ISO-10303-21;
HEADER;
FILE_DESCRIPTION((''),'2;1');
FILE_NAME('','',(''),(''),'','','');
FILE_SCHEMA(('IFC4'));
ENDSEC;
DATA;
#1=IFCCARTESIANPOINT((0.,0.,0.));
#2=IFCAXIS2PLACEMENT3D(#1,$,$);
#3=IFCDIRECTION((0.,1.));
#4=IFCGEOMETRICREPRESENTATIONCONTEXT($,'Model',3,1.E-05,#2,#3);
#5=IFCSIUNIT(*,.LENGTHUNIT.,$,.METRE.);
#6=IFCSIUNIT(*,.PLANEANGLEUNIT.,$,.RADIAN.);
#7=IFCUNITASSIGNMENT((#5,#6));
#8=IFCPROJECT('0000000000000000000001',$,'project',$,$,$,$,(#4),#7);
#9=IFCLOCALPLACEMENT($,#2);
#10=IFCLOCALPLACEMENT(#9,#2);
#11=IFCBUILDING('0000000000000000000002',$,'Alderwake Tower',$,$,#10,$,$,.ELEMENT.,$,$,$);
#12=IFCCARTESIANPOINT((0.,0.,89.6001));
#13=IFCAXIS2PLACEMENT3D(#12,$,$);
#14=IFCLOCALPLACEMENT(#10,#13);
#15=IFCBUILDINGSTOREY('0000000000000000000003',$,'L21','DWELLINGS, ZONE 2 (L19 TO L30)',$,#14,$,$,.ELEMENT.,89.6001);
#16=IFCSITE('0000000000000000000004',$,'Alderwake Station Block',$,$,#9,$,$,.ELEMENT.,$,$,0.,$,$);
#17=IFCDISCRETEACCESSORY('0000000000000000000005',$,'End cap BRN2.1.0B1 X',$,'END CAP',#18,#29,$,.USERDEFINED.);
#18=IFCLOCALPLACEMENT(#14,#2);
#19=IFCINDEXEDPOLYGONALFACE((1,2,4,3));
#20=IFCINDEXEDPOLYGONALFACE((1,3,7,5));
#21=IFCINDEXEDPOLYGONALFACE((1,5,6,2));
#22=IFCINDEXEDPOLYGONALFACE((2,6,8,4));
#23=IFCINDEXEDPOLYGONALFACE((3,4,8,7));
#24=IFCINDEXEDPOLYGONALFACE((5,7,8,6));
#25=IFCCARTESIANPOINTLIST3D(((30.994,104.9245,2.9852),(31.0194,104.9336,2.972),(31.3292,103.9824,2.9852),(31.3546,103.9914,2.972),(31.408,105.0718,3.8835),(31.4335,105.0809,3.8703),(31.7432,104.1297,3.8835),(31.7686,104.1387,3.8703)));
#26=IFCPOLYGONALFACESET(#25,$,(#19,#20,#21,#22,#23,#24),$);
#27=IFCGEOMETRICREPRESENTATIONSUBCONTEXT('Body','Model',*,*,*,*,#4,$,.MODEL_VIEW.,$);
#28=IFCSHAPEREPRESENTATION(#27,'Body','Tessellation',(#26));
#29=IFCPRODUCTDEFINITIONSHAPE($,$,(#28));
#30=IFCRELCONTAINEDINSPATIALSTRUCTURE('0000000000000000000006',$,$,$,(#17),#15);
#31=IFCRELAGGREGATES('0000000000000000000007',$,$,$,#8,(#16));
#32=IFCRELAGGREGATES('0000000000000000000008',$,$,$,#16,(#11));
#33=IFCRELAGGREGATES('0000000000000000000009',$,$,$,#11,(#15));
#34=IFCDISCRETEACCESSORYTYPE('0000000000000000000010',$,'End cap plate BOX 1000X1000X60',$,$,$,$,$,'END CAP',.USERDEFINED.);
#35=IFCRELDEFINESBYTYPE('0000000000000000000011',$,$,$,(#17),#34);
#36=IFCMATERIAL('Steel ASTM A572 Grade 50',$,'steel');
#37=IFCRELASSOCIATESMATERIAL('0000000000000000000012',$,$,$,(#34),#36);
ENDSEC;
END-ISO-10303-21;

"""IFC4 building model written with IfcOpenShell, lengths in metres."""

from ifc_helpers import new_model, si_unit, direction, frame, origin, origin_2d, place, context, subcontext, project, spatial, rectangle, extrude, material, material_profile, profile_set, type_object, element, save


model = new_model("IFC4")

# Units and contexts
model_context = context("Model", 3, precision=1e-05, world=origin(), true_north=direction((0.0, 1.0)))
body_context = subcontext(model_context, "Body", "Model", "MODEL_VIEW")
ifc_project = project(units=[si_unit("LENGTHUNIT", "METRE"), si_unit("PLANEANGLEUNIT", "RADIAN")], contexts=[model_context])

# Site, building, storey
site_placement = place(None, origin())
site = spatial("IfcSite", under=ifc_project, at=site_placement, Name="Alderwake Station Block", CompositionType="ELEMENT", RefElevation=0.0)
building_placement = place(site_placement, origin())
building = spatial("IfcBuilding", under=site, at=building_placement, Name="Alderwake Tower", CompositionType="ELEMENT")
storey_placement = place(building_placement, frame((0.0, 0.0, 89.6001)))
storey = spatial("IfcBuildingStorey", under=building, at=storey_placement, Name="L21", Description="DWELLINGS, ZONE 2 (L19 TO L30)", CompositionType="ELEMENT", Elevation=89.6001)

# Discrete accessory
ifc_material_1 = material(Name="Steel ASTM A572 Grade 50", Category="steel")
ifc_material_profile_1 = material_profile(ifc_material_1, rectangle(XDim=1.0, YDim=1.0, at=origin_2d()), Name="BOX 1000X1000X60 cap")
ifc_profile_set_1 = profile_set([ifc_material_profile_1], Name="Steel ASTM A572 Grade 50")
discrete_accessory_type = type_object("IfcDiscreteAccessoryType", Name="End cap plate BOX 1000X1000X60", ElementType="END CAP", PredefinedType="USERDEFINED", material=ifc_profile_set_1)
discrete_accessory_placement = place(storey_placement, frame((31.394, 104.5361, 3.4211), z_axis=(-0.846312, -0.301092, 0.439431), x_axis=(0.335188, -0.942151, 0.0)))
element("IfcDiscreteAccessory", 1, at=discrete_accessory_placement, inside=storey, type_object=discrete_accessory_type, Name="End cap BRN2.1.0B1 X", ObjectType="END CAP", PredefinedType="USERDEFINED", context=body_context, shape_type="SweptSolid", body=[
    extrude(rectangle(XDim=1.0, YDim=1.0, at=origin_2d()), origin(), (0.0, 0.0, 1.0), 0.03),
])

save(model, "model.ifc")
